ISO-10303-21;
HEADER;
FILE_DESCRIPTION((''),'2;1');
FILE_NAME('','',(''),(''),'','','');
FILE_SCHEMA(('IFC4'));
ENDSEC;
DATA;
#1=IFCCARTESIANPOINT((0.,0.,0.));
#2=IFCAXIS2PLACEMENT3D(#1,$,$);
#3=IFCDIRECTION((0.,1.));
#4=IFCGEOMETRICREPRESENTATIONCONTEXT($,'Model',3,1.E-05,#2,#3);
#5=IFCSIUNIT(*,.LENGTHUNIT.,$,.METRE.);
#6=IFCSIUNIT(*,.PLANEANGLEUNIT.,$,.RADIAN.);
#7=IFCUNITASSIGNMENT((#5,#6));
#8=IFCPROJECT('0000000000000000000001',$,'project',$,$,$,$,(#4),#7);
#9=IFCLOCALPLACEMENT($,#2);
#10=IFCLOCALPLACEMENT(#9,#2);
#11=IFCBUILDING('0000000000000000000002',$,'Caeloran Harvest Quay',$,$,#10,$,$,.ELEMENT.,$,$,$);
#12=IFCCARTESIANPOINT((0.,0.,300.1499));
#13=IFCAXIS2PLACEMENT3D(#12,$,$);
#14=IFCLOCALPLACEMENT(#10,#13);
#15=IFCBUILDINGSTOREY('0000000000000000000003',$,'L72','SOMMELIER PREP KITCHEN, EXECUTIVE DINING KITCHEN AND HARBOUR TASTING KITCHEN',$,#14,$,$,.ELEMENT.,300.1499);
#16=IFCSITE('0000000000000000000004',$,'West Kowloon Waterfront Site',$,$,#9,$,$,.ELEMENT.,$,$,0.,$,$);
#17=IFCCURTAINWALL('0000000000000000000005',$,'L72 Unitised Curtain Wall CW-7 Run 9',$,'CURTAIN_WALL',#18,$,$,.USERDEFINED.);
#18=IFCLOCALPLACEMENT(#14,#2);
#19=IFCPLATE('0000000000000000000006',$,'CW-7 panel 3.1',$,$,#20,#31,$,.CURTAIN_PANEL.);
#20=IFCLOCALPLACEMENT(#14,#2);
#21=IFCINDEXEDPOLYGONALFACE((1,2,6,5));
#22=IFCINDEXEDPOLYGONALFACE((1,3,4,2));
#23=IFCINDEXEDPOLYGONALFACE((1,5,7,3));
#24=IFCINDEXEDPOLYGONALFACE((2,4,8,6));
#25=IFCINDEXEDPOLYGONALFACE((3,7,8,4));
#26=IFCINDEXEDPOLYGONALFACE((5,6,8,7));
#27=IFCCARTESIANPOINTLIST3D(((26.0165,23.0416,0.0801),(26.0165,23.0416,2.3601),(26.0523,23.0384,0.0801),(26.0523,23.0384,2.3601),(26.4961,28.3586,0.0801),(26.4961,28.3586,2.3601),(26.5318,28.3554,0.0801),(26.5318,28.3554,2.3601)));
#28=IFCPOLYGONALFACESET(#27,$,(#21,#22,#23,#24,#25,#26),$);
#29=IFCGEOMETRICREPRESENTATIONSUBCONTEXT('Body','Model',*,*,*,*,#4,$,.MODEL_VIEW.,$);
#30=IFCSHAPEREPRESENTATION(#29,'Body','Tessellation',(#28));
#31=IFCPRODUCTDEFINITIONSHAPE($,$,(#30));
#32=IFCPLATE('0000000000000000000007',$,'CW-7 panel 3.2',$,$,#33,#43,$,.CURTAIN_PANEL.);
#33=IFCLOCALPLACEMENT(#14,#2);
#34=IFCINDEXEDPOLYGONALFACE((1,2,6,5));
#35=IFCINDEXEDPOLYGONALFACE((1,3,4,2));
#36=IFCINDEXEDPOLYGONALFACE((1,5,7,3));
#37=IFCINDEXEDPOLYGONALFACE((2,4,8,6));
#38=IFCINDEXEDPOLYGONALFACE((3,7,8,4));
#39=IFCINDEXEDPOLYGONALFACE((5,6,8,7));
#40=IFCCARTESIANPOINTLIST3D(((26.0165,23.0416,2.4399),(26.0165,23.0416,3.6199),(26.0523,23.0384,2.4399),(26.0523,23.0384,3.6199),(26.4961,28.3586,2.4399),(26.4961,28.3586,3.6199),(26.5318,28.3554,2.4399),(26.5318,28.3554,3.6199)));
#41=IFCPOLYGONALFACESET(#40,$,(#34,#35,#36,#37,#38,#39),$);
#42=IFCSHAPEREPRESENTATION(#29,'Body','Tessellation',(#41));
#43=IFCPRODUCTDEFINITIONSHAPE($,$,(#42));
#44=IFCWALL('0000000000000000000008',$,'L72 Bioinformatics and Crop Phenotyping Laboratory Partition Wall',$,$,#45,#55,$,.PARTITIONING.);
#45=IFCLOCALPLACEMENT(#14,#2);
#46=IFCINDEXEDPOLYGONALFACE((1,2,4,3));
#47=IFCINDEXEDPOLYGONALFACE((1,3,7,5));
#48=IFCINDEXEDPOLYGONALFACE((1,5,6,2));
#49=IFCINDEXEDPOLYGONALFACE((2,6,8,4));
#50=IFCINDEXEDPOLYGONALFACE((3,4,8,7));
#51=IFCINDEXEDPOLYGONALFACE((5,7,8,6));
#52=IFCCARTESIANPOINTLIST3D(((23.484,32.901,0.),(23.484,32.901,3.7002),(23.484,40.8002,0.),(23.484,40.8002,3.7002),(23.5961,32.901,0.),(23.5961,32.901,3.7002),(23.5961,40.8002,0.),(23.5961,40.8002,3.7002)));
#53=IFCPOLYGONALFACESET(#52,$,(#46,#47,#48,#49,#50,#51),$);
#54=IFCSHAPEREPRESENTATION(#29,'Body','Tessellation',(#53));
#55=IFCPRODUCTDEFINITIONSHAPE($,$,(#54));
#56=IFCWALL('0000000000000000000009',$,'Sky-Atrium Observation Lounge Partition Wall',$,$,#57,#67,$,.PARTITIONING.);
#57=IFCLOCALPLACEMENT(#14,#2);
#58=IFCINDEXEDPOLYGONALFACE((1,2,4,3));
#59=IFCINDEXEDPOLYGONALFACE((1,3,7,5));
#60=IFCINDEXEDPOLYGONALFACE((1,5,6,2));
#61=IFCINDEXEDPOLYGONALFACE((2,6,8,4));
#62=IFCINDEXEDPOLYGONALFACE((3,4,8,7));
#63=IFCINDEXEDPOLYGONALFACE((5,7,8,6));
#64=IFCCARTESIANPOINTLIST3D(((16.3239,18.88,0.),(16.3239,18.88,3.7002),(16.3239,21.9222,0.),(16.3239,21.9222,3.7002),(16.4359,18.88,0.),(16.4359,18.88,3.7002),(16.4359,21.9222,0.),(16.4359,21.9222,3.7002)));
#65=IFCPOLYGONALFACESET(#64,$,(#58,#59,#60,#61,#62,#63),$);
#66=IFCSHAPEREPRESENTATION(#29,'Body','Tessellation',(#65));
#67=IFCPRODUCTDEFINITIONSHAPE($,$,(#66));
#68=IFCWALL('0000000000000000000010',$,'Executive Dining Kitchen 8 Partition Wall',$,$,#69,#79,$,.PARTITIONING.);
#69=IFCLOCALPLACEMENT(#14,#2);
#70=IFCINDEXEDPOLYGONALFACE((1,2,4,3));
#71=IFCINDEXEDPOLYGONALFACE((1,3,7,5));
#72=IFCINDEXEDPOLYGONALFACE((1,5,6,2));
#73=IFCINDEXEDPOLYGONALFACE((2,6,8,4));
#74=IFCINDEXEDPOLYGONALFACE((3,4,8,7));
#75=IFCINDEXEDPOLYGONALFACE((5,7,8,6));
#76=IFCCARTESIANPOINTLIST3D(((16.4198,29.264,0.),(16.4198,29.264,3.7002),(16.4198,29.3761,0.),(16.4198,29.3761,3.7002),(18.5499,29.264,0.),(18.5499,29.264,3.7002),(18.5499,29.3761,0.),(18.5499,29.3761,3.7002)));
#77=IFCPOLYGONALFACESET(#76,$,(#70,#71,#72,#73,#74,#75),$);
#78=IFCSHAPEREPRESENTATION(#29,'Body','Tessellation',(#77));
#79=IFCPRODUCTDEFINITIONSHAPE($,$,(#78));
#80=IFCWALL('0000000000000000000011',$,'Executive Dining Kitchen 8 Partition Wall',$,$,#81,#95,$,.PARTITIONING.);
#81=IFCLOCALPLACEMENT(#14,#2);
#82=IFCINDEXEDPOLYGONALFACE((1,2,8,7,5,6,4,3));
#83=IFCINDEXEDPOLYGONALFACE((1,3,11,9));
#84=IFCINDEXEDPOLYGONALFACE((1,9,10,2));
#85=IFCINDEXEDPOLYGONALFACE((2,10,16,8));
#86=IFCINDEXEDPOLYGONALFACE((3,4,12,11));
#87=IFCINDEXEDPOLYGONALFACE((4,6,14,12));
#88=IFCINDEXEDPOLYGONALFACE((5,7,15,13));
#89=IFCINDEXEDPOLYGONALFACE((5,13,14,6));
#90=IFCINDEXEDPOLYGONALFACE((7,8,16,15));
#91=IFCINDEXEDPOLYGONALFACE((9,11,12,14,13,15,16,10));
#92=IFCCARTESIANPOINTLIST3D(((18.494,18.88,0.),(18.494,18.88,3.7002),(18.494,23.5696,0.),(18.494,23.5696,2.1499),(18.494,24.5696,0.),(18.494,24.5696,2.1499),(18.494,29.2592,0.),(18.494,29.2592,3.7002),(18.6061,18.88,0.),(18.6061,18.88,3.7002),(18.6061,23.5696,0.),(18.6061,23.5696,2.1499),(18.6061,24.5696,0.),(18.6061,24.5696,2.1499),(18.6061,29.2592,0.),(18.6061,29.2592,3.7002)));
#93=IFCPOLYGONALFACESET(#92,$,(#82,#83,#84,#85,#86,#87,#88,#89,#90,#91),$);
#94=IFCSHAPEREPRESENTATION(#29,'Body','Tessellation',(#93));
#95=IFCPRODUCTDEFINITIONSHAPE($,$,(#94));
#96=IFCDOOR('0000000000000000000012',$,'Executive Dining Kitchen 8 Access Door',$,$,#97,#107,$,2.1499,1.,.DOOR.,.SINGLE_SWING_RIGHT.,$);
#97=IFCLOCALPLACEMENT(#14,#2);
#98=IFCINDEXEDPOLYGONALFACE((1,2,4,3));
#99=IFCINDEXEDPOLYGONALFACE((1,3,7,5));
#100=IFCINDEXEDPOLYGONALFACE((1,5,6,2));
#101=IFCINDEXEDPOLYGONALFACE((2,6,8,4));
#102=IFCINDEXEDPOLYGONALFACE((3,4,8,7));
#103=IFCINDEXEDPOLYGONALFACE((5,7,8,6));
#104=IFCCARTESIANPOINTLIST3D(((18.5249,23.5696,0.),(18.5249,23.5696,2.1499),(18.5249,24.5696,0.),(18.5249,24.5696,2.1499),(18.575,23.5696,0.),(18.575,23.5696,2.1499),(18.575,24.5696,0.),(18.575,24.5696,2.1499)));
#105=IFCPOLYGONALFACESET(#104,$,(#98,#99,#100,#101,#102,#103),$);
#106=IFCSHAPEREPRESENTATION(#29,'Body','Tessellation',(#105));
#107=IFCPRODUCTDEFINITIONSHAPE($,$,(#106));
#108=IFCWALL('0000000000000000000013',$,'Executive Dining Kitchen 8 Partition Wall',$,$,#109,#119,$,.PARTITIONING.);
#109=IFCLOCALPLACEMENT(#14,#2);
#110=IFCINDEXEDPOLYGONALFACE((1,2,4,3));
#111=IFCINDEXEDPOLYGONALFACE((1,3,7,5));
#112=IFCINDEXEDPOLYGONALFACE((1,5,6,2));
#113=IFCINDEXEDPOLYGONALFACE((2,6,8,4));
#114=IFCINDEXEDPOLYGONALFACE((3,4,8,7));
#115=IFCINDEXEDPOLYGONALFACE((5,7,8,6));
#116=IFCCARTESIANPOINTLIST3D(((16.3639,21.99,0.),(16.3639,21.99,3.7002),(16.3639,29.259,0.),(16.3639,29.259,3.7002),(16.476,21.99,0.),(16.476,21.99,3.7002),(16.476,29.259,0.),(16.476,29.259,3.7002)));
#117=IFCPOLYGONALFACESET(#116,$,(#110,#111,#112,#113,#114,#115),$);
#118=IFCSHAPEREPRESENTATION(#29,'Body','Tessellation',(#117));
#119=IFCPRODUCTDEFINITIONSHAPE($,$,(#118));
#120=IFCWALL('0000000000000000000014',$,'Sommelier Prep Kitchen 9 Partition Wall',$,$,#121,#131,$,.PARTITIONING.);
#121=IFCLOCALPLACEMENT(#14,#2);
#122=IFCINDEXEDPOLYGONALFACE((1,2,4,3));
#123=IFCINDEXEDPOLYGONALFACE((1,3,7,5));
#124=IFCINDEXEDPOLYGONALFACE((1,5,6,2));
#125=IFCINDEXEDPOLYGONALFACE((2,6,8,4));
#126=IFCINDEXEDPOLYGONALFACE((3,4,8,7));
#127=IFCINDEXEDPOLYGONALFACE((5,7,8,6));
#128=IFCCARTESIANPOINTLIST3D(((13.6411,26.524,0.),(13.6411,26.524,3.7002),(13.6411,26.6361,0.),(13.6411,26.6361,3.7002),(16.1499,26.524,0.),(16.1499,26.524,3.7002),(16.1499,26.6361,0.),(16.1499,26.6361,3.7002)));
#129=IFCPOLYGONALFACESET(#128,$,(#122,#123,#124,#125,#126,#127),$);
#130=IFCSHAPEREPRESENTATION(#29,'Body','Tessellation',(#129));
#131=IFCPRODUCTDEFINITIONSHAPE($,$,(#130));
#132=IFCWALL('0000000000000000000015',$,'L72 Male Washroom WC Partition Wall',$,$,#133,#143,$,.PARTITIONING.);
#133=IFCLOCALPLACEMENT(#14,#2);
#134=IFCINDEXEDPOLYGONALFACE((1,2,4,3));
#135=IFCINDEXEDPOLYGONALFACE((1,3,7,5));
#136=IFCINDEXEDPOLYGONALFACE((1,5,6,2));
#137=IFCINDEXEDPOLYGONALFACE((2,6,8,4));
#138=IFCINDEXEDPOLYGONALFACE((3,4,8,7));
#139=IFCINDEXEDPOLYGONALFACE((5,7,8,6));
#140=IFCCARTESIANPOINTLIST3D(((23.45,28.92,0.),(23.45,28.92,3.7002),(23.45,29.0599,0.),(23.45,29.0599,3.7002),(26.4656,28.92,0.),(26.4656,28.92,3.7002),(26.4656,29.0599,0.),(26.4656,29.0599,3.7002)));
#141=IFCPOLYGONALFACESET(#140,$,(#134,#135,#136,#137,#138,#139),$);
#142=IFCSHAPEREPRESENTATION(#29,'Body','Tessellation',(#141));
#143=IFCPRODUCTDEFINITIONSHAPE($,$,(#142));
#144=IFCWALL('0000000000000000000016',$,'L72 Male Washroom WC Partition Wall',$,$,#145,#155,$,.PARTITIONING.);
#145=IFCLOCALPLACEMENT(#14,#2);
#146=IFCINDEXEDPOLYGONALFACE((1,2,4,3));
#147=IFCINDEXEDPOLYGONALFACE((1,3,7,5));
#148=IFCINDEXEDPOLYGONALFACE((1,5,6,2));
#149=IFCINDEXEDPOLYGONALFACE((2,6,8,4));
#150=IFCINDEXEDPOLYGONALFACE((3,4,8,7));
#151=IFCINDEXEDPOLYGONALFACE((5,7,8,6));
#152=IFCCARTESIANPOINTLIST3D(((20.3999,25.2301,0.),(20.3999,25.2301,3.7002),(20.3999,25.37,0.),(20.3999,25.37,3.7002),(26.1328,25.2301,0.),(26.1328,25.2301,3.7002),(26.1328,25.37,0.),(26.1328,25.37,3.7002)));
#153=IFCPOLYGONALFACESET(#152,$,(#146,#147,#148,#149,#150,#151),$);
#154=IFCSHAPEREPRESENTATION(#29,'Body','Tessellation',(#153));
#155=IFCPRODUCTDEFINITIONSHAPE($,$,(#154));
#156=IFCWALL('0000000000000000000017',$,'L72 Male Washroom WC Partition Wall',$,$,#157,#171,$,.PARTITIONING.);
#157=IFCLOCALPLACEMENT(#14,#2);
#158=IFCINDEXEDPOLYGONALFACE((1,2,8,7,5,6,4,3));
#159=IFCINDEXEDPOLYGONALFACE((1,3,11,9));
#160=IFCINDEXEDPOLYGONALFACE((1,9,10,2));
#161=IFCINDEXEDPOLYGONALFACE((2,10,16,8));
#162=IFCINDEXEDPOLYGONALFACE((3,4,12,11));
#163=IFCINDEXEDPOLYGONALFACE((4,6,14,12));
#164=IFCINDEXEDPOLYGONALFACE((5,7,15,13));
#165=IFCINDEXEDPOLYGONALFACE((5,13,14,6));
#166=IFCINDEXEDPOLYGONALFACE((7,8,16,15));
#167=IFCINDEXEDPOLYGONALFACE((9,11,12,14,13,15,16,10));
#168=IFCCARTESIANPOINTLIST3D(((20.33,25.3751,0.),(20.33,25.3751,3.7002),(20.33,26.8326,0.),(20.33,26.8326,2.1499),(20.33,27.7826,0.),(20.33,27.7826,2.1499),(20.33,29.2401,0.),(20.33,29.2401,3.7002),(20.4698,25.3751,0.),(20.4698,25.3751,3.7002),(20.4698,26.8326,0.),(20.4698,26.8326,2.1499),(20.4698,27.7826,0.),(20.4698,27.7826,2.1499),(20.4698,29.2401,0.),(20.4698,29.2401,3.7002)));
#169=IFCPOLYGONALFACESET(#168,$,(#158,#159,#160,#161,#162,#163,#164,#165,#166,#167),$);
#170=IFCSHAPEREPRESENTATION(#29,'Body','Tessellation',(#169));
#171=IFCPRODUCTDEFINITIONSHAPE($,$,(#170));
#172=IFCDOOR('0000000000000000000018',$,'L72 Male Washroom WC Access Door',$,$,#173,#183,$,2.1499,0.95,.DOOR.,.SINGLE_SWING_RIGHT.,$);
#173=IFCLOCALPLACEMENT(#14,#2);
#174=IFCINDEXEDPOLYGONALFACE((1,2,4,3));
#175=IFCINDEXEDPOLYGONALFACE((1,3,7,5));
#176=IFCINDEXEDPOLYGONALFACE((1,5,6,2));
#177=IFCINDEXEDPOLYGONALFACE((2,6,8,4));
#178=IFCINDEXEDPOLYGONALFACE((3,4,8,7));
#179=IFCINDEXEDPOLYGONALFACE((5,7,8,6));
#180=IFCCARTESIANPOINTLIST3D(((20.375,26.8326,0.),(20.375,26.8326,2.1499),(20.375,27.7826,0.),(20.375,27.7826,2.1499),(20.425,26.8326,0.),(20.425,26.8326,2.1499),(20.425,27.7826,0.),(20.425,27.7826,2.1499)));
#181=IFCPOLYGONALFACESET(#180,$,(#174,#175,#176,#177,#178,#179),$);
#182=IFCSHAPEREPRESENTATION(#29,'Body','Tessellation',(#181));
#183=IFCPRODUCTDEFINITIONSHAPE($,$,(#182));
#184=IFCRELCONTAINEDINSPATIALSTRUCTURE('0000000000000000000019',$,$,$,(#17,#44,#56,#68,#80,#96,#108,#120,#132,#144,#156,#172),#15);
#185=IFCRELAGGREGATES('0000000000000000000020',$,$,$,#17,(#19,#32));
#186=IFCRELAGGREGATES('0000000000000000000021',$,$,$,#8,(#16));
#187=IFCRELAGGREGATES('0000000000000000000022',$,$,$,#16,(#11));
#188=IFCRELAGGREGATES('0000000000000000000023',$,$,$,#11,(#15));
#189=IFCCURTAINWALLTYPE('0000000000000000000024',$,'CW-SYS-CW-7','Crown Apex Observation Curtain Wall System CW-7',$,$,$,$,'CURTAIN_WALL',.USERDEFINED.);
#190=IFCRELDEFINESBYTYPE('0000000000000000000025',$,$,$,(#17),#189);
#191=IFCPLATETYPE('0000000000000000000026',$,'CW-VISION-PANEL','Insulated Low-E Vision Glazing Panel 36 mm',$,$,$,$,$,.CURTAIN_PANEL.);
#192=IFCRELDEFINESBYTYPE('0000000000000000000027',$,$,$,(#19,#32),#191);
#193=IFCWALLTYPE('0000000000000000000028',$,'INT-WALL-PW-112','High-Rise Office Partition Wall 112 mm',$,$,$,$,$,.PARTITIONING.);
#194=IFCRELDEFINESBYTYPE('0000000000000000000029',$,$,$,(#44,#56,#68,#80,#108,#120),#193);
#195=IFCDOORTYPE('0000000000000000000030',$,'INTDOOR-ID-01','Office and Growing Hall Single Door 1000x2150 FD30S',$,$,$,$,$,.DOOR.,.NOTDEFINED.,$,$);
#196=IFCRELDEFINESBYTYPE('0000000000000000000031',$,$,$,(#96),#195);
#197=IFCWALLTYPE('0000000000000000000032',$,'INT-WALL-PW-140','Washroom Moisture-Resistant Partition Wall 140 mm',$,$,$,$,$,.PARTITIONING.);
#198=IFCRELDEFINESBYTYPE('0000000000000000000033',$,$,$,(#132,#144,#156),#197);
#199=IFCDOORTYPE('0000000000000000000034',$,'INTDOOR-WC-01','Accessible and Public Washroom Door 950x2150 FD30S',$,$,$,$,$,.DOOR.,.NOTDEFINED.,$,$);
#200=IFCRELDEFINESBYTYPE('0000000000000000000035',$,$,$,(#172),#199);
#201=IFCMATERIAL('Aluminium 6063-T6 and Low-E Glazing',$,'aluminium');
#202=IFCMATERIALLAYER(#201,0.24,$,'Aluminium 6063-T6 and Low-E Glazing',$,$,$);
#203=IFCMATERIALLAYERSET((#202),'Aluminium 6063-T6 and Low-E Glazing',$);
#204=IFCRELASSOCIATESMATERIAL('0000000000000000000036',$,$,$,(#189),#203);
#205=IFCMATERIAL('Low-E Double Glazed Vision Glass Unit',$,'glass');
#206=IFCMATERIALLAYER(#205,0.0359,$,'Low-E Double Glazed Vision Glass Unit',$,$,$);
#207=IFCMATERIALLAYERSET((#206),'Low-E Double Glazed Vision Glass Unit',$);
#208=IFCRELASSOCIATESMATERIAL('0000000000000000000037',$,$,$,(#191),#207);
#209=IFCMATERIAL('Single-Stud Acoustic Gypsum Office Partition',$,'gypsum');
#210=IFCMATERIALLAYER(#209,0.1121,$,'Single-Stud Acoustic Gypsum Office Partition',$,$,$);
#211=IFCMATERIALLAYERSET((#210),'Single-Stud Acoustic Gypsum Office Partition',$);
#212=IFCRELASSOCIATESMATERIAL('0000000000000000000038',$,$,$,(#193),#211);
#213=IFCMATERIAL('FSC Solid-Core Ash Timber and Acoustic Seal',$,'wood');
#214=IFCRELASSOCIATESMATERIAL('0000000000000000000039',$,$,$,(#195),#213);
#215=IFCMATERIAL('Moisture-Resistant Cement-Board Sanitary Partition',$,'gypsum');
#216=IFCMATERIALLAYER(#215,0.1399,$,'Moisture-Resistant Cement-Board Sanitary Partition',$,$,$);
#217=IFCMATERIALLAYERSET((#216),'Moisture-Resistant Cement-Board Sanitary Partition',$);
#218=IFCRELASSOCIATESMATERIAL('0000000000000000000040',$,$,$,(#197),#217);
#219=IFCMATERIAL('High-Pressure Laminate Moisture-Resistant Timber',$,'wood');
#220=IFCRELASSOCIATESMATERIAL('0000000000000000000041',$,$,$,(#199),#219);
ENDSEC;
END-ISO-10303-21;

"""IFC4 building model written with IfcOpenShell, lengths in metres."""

from ifc_helpers import new_model, si_unit, direction, frame, frame_2d, origin, origin_2d, place, context, subcontext, project, spatial, rectangle, extrude, material, layer, layer_set, type_object, element, fill, aggregate, save


model = new_model("IFC4")

# Units and contexts
model_context = context("Model", 3, precision=1e-05, world=origin(), true_north=direction((0.0, 1.0)))
body_context = subcontext(model_context, "Body", "Model", "MODEL_VIEW")
ifc_project = project(units=[si_unit("LENGTHUNIT", "METRE"), si_unit("PLANEANGLEUNIT", "RADIAN")], contexts=[model_context])

# Site, building, storey
site_placement = place(None, origin())
site = spatial("IfcSite", under=ifc_project, at=site_placement, Name="West Kowloon Waterfront Site", CompositionType="ELEMENT", RefElevation=0.0)
building_placement = place(site_placement, origin())
building = spatial("IfcBuilding", under=site, at=building_placement, Name="Caeloran Harvest Quay", CompositionType="ELEMENT")
storey_placement = place(building_placement, frame((0.0, 0.0, 300.1499)))
storey = spatial("IfcBuildingStorey", under=building, at=storey_placement, Name="L72", Description="SOMMELIER PREP KITCHEN, EXECUTIVE DINING KITCHEN AND HARBOUR TASTING KITCHEN", CompositionType="ELEMENT", Elevation=300.1499)

# Curtain wall, plates
ifc_material_1 = material(Name="Aluminium 6063-T6 and Low-E Glazing", Category="aluminium")
ifc_layer_1 = layer(ifc_material_1, 0.24, Name="Aluminium 6063-T6 and Low-E Glazing")
ifc_layer_set_1 = layer_set([ifc_layer_1], Name="Aluminium 6063-T6 and Low-E Glazing")
curtain_wall_type = type_object("IfcCurtainWallType", Name="CW-SYS-CW-7", Description="Crown Apex Observation Curtain Wall System CW-7", ElementType="CURTAIN_WALL", PredefinedType="USERDEFINED", material=ifc_layer_set_1)
curtain_wall_placement = place(storey_placement, origin())
curtain_wall = element("IfcCurtainWall", 1, at=curtain_wall_placement, inside=storey, type_object=curtain_wall_type, Name="L72 Unitised Curtain Wall CW-7 Run 9", ObjectType="CURTAIN_WALL", PredefinedType="USERDEFINED")
ifc_material_2 = material(Name="Low-E Double Glazed Vision Glass Unit", Category="glass")
ifc_layer_2 = layer(ifc_material_2, 0.0359, Name="Low-E Double Glazed Vision Glass Unit")
ifc_layer_set_2 = layer_set([ifc_layer_2], Name="Low-E Double Glazed Vision Glass Unit")
plate_type = type_object("IfcPlateType", Name="CW-VISION-PANEL", Description="Insulated Low-E Vision Glazing Panel 36 mm", PredefinedType="CURTAIN_PANEL", material=ifc_layer_set_2)
plate_1_placement = place(storey_placement, frame((26.2742, 25.6985, 0.0801), z_axis=(0.0, 0.0, 1.0), x_axis=(-0.089821, -0.995958, 0.0)))
plate_1 = element("IfcPlate", 2, at=plate_1_placement, type_object=plate_type, Name="CW-7 panel 3.1", PredefinedType="CURTAIN_PANEL", context=body_context, shape_type="SweptSolid", body=[
    extrude(rectangle(XDim=5.3386, YDim=0.0359, at=origin_2d()), origin(), (0.0, 0.0, 1.0), 2.28),
])
plate_2_placement = place(storey_placement, frame((26.2742, 25.6985, 2.4399), z_axis=(0.0, 0.0, 1.0), x_axis=(-0.089821, -0.995958, 0.0)))
plate_2 = element("IfcPlate", 3, at=plate_2_placement, type_object=plate_type, Name="CW-7 panel 3.2", PredefinedType="CURTAIN_PANEL", context=body_context, shape_type="SweptSolid", body=[
    extrude(rectangle(XDim=5.3386, YDim=0.0359, at=origin_2d()), origin(), (0.0, 0.0, 1.0), 1.1799),
])
aggregate(curtain_wall, [plate_1, plate_2])

# Shared definitions
ifc_material_3 = material(Name="Single-Stud Acoustic Gypsum Office Partition", Category="gypsum")
ifc_layer_3 = layer(ifc_material_3, 0.1121, Name="Single-Stud Acoustic Gypsum Office Partition")
ifc_layer_set_3 = layer_set([ifc_layer_3], Name="Single-Stud Acoustic Gypsum Office Partition")
wall_type_1 = type_object("IfcWallType", Name="INT-WALL-PW-112", Description="High-Rise Office Partition Wall 112 mm", PredefinedType="PARTITIONING", material=ifc_layer_set_3)
ifc_material_4 = material(Name="FSC Solid-Core Ash Timber and Acoustic Seal", Category="wood")
door_type_1 = type_object("IfcDoorType", Name="INTDOOR-ID-01", Description="Office and Growing Hall Single Door 1000x2150 FD30S", OperationType="NOTDEFINED", PredefinedType="DOOR", material=ifc_material_4)

# Walls
wall_1_placement = place(storey_placement, frame((23.54, 32.9009, 0.0), z_axis=(0.0, 0.0, 1.0), x_axis=(0.0, 1.0, 0.0)))
element("IfcWall", 4, at=wall_1_placement, inside=storey, type_object=wall_type_1, Name="L72 Bioinformatics and Crop Phenotyping Laboratory Partition Wall", PredefinedType="PARTITIONING", context=body_context, shape_type="SweptSolid", body=[
    extrude(rectangle(XDim=7.8992, YDim=0.1121, at=frame_2d((3.9497, 0.0))), origin(), (0.0, 0.0, 1.0), 3.7002),
])
wall_2_placement = place(storey_placement, frame((16.3799, 21.9221, 0.0), z_axis=(0.0, 0.0, 1.0), x_axis=(0.0, -1.0, 0.0)))
element("IfcWall", 5, at=wall_2_placement, inside=storey, type_object=wall_type_1, Name="Sky-Atrium Observation Lounge Partition Wall", PredefinedType="PARTITIONING", context=body_context, shape_type="SweptSolid", body=[
    extrude(rectangle(XDim=3.0422, YDim=0.1121, at=frame_2d((1.521, 0.0))), origin(), (0.0, 0.0, 1.0), 3.7002),
])
wall_3_placement = place(storey_placement, frame((16.4199, 29.3201, 0.0), z_axis=(0.0, 0.0, 1.0), x_axis=(1.0, 0.0, 0.0)))
element("IfcWall", 6, at=wall_3_placement, inside=storey, type_object=wall_type_1, Name="Executive Dining Kitchen 8 Partition Wall", PredefinedType="PARTITIONING", context=body_context, shape_type="SweptSolid", body=[
    extrude(rectangle(XDim=2.1301, YDim=0.1121, at=frame_2d((1.0649, 0.0))), origin(), (0.0, 0.0, 1.0), 3.7002),
])

# Wall, opening, door
wall_4_placement = place(storey_placement, frame((18.55, 29.259, 0.0), z_axis=(0.0, 0.0, 1.0), x_axis=(0.0, -1.0, 0.0)))
wall_4 = element("IfcWall", 7, at=wall_4_placement, inside=storey, type_object=wall_type_1, Name="Executive Dining Kitchen 8 Partition Wall", PredefinedType="PARTITIONING", context=body_context, shape_type="SweptSolid", body=[
    extrude(rectangle(XDim=10.3792, YDim=0.1121, at=frame_2d((5.1895, 0.0))), origin(), (0.0, 0.0, 1.0), 3.7002),
])
opening_1_placement = place(wall_4_placement, frame((4.6895, 0.0, 0.0)))
opening_1 = element("IfcOpeningElement", 8, at=opening_1_placement, cuts=wall_4, PredefinedType="OPENING", context=body_context, shape_type="SweptSolid", body=[
    extrude(rectangle(XDim=1.0, YDim=2.1499, at=frame_2d((0.5, 1.075))), frame((0.0, 0.0659, 0.0), z_axis=(0.0, -1.0, 0.0), x_axis=(1.0, 0.0, 0.0)), (0.0, 0.0, 1.0), 0.1321),
])
door_1_placement = place(opening_1_placement, origin())
door_1 = element("IfcDoor", 9, at=door_1_placement, inside=storey, type_object=door_type_1, Name="Executive Dining Kitchen 8 Access Door", OperationType="SINGLE_SWING_RIGHT", OverallHeight=2.1499, OverallWidth=1.0, PredefinedType="DOOR", context=body_context, shape_type="SweptSolid", body=[
    extrude(rectangle(XDim=1.0, YDim=2.1499, at=frame_2d((0.5, 1.075))), frame((0.0, 0.0249, 0.0), z_axis=(0.0, -1.0, 0.0), x_axis=(1.0, 0.0, 0.0)), (0.0, 0.0, 1.0), 0.05),
])
fill(opening_1, door_1)

# Walls
wall_5_placement = place(storey_placement, frame((16.4199, 21.99, 0.0), z_axis=(0.0, 0.0, 1.0), x_axis=(0.0, 1.0, 0.0)))
element("IfcWall", 10, at=wall_5_placement, inside=storey, type_object=wall_type_1, Name="Executive Dining Kitchen 8 Partition Wall", PredefinedType="PARTITIONING", context=body_context, shape_type="SweptSolid", body=[
    extrude(rectangle(XDim=7.269, YDim=0.1121, at=frame_2d((3.6345, 0.0))), origin(), (0.0, 0.0, 1.0), 3.7002),
])
wall_6_placement = place(storey_placement, frame((16.1499, 26.5801, 0.0), z_axis=(0.0, 0.0, 1.0), x_axis=(-1.0, 0.0, 0.0)))
element("IfcWall", 11, at=wall_6_placement, inside=storey, type_object=wall_type_1, Name="Sommelier Prep Kitchen 9 Partition Wall", PredefinedType="PARTITIONING", context=body_context, shape_type="SweptSolid", body=[
    extrude(rectangle(XDim=2.5088, YDim=0.1121, at=frame_2d((1.2544, 0.0))), origin(), (0.0, 0.0, 1.0), 3.7002),
])
ifc_material_5 = material(Name="Moisture-Resistant Cement-Board Sanitary Partition", Category="gypsum")
ifc_layer_4 = layer(ifc_material_5, 0.1399, Name="Moisture-Resistant Cement-Board Sanitary Partition")
ifc_layer_set_4 = layer_set([ifc_layer_4], Name="Moisture-Resistant Cement-Board Sanitary Partition")
wall_type_2 = type_object("IfcWallType", Name="INT-WALL-PW-140", Description="Washroom Moisture-Resistant Partition Wall 140 mm", PredefinedType="PARTITIONING", material=ifc_layer_set_4)
wall_7_placement = place(storey_placement, frame((23.45, 28.99, 0.0), z_axis=(0.0, 0.0, 1.0), x_axis=(1.0, 0.0, 0.0)))
element("IfcWall", 12, at=wall_7_placement, inside=storey, type_object=wall_type_2, Name="L72 Male Washroom WC Partition Wall", PredefinedType="PARTITIONING", context=body_context, shape_type="SweptSolid", body=[
    extrude(rectangle(XDim=3.0156, YDim=0.1399, at=frame_2d((1.5078, 0.0))), origin(), (0.0, 0.0, 1.0), 3.7002),
])
wall_8_placement = place(storey_placement, frame((26.1328, 25.3, 0.0), z_axis=(0.0, 0.0, 1.0), x_axis=(-1.0, 0.0, 0.0)))
element("IfcWall", 13, at=wall_8_placement, inside=storey, type_object=wall_type_2, Name="L72 Male Washroom WC Partition Wall", PredefinedType="PARTITIONING", context=body_context, shape_type="SweptSolid", body=[
    extrude(rectangle(XDim=5.7329, YDim=0.1399, at=frame_2d((2.8665, 0.0))), origin(), (0.0, 0.0, 1.0), 3.7002),
])

# Wall, opening, door
wall_9_placement = place(storey_placement, frame((20.3999, 25.375, 0.0), z_axis=(0.0, 0.0, 1.0), x_axis=(0.0, 1.0, 0.0)))
wall_9 = element("IfcWall", 14, at=wall_9_placement, inside=storey, type_object=wall_type_2, Name="L72 Male Washroom WC Partition Wall", PredefinedType="PARTITIONING", context=body_context, shape_type="SweptSolid", body=[
    extrude(rectangle(XDim=3.865, YDim=0.1399, at=frame_2d((1.9326, 0.0))), origin(), (0.0, 0.0, 1.0), 3.7002),
])
opening_2_placement = place(wall_9_placement, frame((1.4575, 0.0, 0.0)))
opening_2 = element("IfcOpeningElement", 15, at=opening_2_placement, cuts=wall_9, PredefinedType="OPENING", context=body_context, shape_type="SweptSolid", body=[
    extrude(rectangle(XDim=0.95, YDim=2.1499, at=frame_2d((0.4751, 1.075))), frame((0.0, 0.0801, 0.0), z_axis=(0.0, -1.0, 0.0), x_axis=(1.0, 0.0, 0.0)), (0.0, 0.0, 1.0), 0.1599),
])
ifc_material_6 = material(Name="High-Pressure Laminate Moisture-Resistant Timber", Category="wood")
door_type_2 = type_object("IfcDoorType", Name="INTDOOR-WC-01", Description="Accessible and Public Washroom Door 950x2150 FD30S", OperationType="NOTDEFINED", PredefinedType="DOOR", material=ifc_material_6)
door_2_placement = place(opening_2_placement, origin())
door_2 = element("IfcDoor", 16, at=door_2_placement, inside=storey, type_object=door_type_2, Name="L72 Male Washroom WC Access Door", OperationType="SINGLE_SWING_RIGHT", OverallHeight=2.1499, OverallWidth=0.95, PredefinedType="DOOR", context=body_context, shape_type="SweptSolid", body=[
    extrude(rectangle(XDim=0.95, YDim=2.1499, at=frame_2d((0.4751, 1.075))), frame((0.0, 0.0249, 0.0), z_axis=(0.0, -1.0, 0.0), x_axis=(1.0, 0.0, 0.0)), (0.0, 0.0, 1.0), 0.05),
])
fill(opening_2, door_2)

save(model, "model.ifc")
